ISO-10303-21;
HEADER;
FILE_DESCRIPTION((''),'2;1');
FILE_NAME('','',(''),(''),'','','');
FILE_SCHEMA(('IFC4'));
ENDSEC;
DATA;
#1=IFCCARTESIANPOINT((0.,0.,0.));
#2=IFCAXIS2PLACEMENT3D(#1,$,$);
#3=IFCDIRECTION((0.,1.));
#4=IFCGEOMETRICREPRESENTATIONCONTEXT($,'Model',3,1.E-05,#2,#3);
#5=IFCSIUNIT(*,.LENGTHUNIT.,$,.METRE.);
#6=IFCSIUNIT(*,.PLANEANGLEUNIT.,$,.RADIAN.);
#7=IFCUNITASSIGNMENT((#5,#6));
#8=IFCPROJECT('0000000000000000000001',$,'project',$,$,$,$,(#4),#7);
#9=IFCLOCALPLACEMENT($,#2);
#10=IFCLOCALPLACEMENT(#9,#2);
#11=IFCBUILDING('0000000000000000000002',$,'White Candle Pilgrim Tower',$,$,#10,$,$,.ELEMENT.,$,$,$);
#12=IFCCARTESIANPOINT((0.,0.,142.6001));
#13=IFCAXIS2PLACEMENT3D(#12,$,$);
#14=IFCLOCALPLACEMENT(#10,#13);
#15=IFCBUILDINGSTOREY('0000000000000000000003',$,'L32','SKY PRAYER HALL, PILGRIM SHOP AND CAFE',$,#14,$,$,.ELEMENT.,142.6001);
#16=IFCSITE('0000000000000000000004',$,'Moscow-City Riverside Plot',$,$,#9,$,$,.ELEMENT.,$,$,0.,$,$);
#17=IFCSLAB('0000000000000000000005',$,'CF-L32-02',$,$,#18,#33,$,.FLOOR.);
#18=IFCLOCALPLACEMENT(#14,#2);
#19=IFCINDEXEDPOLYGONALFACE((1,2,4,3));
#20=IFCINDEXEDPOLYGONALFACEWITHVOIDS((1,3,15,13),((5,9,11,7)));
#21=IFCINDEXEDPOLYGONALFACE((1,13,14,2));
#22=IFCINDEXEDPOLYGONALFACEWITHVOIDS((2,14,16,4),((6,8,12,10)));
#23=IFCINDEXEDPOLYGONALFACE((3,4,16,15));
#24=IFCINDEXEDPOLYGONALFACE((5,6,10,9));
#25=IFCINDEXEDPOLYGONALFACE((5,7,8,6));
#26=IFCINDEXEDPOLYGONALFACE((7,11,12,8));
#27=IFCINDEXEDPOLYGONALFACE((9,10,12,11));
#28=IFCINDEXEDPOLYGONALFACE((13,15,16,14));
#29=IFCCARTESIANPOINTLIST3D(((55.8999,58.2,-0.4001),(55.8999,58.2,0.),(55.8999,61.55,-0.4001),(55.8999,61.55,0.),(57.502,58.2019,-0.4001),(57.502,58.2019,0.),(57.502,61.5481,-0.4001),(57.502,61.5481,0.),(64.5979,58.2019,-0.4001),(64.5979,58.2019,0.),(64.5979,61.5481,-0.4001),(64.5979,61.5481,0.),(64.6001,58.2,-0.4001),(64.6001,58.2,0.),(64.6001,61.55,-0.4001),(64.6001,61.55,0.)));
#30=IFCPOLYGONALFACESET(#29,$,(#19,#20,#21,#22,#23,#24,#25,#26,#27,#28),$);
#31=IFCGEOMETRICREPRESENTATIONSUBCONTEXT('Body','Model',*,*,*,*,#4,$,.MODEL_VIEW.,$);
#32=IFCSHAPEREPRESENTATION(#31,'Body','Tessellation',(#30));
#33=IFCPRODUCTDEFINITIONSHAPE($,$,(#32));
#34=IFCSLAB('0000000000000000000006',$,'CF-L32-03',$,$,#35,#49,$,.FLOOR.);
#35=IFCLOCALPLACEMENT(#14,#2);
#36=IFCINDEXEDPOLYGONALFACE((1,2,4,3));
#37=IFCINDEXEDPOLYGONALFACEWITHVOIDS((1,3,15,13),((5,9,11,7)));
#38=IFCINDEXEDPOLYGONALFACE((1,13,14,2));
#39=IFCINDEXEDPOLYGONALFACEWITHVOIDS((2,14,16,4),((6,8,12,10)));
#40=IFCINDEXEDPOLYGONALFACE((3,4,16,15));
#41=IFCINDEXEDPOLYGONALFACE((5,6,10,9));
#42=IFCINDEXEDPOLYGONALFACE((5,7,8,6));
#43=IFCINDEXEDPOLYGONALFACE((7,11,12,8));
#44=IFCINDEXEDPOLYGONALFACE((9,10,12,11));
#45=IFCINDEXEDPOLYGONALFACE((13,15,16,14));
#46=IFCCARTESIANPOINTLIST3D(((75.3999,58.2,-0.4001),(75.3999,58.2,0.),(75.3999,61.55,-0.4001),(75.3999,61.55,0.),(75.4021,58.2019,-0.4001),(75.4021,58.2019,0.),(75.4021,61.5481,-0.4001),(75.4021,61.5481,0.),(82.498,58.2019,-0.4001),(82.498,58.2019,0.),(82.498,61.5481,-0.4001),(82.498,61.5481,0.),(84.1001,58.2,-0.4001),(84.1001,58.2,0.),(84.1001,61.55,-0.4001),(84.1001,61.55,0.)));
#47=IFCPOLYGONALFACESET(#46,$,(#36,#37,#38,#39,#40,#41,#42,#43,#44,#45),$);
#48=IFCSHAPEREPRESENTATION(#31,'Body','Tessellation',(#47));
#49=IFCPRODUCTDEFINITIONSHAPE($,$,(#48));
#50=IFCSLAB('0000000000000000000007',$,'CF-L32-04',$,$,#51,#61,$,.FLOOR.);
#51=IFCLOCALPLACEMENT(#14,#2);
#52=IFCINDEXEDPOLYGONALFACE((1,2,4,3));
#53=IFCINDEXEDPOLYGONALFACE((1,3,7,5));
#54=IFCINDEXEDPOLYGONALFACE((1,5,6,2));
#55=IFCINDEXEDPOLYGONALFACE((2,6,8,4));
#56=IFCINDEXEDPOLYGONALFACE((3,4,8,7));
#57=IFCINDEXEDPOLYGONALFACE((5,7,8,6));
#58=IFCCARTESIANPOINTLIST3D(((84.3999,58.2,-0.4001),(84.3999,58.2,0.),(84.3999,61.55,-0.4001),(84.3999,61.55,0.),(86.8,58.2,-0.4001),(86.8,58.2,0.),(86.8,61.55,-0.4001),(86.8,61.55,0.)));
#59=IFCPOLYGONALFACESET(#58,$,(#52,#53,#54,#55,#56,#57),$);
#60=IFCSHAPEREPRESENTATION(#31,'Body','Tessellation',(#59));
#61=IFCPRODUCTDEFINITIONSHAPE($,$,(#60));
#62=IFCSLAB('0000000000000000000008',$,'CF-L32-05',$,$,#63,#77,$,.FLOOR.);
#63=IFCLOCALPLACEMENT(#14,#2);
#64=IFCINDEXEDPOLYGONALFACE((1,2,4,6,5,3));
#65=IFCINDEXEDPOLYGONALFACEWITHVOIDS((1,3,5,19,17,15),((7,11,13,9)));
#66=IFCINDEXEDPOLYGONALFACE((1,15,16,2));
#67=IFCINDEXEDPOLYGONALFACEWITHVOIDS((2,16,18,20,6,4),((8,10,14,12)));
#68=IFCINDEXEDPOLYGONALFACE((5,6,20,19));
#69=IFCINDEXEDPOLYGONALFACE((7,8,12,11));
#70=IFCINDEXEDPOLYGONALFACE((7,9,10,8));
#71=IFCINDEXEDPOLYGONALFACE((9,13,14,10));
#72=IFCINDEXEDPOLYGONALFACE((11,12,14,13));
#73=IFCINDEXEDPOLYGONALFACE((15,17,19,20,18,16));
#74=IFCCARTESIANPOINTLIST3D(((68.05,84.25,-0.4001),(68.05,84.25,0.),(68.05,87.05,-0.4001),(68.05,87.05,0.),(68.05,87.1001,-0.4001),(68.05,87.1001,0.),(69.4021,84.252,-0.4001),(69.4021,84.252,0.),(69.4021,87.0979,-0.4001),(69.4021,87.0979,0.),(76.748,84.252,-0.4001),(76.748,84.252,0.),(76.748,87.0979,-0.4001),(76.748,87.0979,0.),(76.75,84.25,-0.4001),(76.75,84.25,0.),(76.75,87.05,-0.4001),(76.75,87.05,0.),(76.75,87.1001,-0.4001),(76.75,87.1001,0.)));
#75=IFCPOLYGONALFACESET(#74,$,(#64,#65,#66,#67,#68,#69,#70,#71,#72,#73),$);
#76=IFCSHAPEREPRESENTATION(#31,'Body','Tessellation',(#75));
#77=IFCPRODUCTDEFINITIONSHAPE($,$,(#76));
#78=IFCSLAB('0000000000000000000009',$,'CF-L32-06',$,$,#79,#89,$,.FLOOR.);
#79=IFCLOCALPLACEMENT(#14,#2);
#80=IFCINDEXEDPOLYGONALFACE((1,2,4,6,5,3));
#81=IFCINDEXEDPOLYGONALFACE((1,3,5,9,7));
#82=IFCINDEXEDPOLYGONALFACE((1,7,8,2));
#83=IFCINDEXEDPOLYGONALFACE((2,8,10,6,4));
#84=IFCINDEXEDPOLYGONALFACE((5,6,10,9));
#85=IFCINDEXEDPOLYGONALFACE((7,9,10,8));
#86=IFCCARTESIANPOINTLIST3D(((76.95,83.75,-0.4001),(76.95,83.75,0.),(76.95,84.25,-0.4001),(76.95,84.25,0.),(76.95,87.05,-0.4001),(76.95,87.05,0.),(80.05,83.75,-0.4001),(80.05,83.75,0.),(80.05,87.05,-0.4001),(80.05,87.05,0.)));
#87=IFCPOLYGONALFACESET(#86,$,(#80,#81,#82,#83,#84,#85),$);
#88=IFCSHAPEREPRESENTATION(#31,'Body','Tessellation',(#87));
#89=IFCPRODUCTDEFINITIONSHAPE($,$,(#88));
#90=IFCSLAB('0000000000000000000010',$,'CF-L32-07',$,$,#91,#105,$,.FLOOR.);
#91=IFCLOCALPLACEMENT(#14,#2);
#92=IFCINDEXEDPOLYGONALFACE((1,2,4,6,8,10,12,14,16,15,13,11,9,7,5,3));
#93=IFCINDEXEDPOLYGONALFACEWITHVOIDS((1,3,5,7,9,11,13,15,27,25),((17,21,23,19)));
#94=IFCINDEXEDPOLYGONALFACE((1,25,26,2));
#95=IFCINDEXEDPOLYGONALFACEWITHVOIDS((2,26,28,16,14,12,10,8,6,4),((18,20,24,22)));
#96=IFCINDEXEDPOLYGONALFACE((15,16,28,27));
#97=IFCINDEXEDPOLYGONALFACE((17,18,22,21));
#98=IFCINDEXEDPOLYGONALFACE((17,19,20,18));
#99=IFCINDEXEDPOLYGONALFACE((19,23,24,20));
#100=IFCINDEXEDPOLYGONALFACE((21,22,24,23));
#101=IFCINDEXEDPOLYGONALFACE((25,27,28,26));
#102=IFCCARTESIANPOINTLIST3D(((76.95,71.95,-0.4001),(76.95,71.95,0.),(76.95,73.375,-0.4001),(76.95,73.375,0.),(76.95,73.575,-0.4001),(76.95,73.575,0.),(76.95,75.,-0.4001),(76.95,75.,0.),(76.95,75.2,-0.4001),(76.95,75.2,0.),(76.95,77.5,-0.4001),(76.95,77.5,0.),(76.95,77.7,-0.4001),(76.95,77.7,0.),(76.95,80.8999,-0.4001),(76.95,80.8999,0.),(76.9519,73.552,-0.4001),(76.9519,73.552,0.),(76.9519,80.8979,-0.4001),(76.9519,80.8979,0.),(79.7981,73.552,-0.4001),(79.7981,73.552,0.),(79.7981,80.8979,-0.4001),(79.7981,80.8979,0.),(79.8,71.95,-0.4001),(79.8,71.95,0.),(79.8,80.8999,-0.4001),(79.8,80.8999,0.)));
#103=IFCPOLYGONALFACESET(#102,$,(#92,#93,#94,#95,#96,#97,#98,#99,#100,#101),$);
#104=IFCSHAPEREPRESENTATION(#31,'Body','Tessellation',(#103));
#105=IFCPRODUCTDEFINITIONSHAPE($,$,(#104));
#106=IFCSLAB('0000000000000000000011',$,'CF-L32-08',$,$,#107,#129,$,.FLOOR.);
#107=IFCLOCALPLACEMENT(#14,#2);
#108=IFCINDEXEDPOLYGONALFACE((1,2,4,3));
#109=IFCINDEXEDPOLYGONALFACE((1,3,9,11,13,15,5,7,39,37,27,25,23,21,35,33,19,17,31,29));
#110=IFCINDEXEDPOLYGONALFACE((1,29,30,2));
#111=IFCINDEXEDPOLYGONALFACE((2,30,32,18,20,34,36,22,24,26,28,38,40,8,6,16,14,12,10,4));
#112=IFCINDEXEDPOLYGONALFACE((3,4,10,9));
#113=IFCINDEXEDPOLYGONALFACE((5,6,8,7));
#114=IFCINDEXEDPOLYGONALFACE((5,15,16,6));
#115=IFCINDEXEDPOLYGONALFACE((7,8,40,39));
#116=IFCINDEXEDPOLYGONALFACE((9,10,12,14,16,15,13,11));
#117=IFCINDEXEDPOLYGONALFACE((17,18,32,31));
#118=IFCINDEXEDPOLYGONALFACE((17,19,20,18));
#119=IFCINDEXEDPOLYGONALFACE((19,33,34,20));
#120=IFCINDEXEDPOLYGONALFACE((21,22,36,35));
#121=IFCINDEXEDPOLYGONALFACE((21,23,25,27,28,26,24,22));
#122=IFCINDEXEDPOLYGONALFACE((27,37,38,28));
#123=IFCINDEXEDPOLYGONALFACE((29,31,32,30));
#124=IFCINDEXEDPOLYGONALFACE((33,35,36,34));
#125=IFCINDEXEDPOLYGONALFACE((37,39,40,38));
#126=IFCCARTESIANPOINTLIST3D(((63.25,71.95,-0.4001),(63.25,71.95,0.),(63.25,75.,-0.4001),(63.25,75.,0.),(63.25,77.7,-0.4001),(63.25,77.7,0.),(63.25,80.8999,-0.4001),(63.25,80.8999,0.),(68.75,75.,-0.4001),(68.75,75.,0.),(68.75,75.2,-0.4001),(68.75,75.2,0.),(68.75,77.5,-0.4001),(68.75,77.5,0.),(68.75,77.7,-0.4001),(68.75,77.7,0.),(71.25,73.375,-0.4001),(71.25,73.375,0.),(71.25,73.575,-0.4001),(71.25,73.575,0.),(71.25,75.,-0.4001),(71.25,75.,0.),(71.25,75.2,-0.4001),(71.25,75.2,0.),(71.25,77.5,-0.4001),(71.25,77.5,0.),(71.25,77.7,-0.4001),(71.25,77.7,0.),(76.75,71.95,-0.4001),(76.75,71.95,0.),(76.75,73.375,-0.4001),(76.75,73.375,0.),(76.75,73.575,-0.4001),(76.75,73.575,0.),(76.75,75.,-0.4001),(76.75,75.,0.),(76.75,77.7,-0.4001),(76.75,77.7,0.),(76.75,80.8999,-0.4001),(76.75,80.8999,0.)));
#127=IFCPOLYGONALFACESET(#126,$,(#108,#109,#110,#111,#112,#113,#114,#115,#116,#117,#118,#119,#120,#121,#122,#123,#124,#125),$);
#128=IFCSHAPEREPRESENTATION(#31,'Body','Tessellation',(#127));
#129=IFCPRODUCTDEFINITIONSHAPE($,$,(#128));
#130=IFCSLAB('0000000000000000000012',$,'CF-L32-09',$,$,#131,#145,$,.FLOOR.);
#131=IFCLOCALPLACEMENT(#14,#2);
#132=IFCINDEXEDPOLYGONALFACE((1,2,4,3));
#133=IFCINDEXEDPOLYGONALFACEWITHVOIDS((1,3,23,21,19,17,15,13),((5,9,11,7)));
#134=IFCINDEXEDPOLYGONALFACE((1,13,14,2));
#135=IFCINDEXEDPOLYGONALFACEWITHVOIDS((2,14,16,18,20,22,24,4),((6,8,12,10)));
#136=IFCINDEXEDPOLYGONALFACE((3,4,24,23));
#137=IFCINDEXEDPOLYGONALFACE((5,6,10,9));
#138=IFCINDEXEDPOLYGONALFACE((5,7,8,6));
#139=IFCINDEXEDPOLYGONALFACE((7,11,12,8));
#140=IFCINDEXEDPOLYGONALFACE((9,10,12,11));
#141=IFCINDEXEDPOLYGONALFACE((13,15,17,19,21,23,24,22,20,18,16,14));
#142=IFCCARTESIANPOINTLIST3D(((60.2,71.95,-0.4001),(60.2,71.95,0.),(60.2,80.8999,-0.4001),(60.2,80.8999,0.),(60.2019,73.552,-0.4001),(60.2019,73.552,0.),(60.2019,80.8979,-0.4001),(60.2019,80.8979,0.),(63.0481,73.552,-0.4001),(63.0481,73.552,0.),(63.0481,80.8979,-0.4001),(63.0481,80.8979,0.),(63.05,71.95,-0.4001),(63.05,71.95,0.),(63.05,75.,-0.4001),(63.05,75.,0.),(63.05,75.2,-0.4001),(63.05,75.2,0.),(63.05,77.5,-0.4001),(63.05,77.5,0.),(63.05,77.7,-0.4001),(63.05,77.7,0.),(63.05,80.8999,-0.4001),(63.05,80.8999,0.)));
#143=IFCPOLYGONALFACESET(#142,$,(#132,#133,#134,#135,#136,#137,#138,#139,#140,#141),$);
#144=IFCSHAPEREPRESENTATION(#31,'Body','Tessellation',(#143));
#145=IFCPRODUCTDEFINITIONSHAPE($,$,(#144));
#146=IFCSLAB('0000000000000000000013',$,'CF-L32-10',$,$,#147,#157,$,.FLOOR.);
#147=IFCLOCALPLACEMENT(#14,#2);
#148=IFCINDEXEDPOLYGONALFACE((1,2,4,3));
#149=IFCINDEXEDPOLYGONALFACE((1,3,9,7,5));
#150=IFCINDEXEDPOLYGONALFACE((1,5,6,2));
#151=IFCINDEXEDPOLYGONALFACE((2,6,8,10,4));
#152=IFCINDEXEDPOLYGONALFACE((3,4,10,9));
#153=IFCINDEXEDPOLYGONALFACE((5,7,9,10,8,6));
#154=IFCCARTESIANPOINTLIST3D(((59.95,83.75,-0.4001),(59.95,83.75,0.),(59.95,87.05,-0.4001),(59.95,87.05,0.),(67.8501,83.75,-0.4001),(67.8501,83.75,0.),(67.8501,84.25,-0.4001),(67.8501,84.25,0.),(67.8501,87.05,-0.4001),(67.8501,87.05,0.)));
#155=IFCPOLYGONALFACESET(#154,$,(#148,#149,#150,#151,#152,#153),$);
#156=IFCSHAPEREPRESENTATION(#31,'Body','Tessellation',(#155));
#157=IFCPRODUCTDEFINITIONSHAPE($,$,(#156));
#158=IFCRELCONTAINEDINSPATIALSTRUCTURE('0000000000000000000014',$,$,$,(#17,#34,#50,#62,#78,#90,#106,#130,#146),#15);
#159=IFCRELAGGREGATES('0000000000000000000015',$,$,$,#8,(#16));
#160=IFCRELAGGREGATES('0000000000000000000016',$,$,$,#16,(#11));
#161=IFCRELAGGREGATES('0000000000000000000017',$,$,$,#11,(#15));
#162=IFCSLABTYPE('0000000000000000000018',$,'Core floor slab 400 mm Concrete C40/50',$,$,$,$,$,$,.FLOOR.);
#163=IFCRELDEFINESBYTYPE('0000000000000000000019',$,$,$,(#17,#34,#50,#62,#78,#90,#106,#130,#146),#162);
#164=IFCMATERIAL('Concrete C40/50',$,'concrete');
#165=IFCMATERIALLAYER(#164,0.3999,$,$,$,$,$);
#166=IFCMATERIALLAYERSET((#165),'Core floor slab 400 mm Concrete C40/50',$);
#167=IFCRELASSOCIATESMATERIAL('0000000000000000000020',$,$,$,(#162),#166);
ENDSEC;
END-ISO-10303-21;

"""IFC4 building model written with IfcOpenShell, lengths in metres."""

from ifc_helpers import new_model, si_unit, direction, frame, origin, place, context, subcontext, project, spatial, polyline, outline, extrude, material, layer, layer_set, type_object, element, save


model = new_model("IFC4")

# Units and contexts
model_context = context("Model", 3, precision=1e-05, world=origin(), true_north=direction((0.0, 1.0)))
body_context = subcontext(model_context, "Body", "Model", "MODEL_VIEW")
ifc_project = project(units=[si_unit("LENGTHUNIT", "METRE"), si_unit("PLANEANGLEUNIT", "RADIAN")], contexts=[model_context])

# Site, building, storey
site_placement = place(None, origin())
site = spatial("IfcSite", under=ifc_project, at=site_placement, Name="Moscow-City Riverside Plot", CompositionType="ELEMENT", RefElevation=0.0)
building_placement = place(site_placement, origin())
building = spatial("IfcBuilding", under=site, at=building_placement, Name="White Candle Pilgrim Tower", CompositionType="ELEMENT")
storey_placement = place(building_placement, frame((0.0, 0.0, 142.6001)))
storey = spatial("IfcBuildingStorey", under=building, at=storey_placement, Name="L32", Description="SKY PRAYER HALL, PILGRIM SHOP AND CAFE", CompositionType="ELEMENT", Elevation=142.6001)

# Slabs
ifc_material_1 = material(Name="Concrete C40/50", Category="concrete")
ifc_layer_1 = layer(ifc_material_1, 0.3999)
ifc_layer_set_1 = layer_set([ifc_layer_1], Name="Core floor slab 400 mm Concrete C40/50")
slab_type_1 = type_object("IfcSlabType", Name="Core floor slab 400 mm Concrete C40/50", PredefinedType="FLOOR", material=ifc_layer_set_1)
slab_1_placement = place(storey_placement, frame((0.0, 0.0, -0.4001)))
element("IfcSlab", 1, at=slab_1_placement, inside=storey, type_object=slab_type_1, Name="CF-L32-02", PredefinedType="FLOOR", context=body_context, shape_type="SweptSolid", body=[
    extrude(outline(polyline([(55.8999, 58.2), (55.8999, 61.55), (64.6001, 61.55), (64.6001, 58.2), (55.8999, 58.2)]), holes=[polyline([(57.502, 61.5481), (57.502, 58.2019), (64.5979, 58.2019), (64.5979, 61.5481), (57.502, 61.5481)])]), origin(), (0.0, 0.0, 1.0), 0.4001),
])
slab_2_placement = place(storey_placement, frame((0.0, 0.0, -0.4001)))
element("IfcSlab", 2, at=slab_2_placement, inside=storey, type_object=slab_type_1, Name="CF-L32-03", PredefinedType="FLOOR", context=body_context, shape_type="SweptSolid", body=[
    extrude(outline(polyline([(75.3999, 58.2), (75.3999, 61.55), (84.1001, 61.55), (84.1001, 58.2), (75.3999, 58.2)]), holes=[polyline([(82.498, 58.2019), (82.498, 61.5481), (75.4021, 61.5481), (75.4021, 58.2019), (82.498, 58.2019)])]), origin(), (0.0, 0.0, 1.0), 0.4001),
])
slab_3_placement = place(storey_placement, frame((0.0, 0.0, -0.4001)))
element("IfcSlab", 3, at=slab_3_placement, inside=storey, type_object=slab_type_1, Name="CF-L32-04", PredefinedType="FLOOR", context=body_context, shape_type="SweptSolid", body=[
    extrude(outline(polyline([(86.8, 58.2), (84.3999, 58.2), (84.3999, 61.55), (86.8, 61.55), (86.8, 58.2)])), origin(), (0.0, 0.0, 1.0), 0.4001),
])
slab_4_placement = place(storey_placement, frame((0.0, 0.0, -0.4001)))
element("IfcSlab", 4, at=slab_4_placement, inside=storey, type_object=slab_type_1, Name="CF-L32-05", PredefinedType="FLOOR", context=body_context, shape_type="SweptSolid", body=[
    extrude(outline(polyline([(76.75, 87.1001), (76.75, 87.05), (76.75, 84.25), (68.05, 84.25), (68.05, 87.05), (68.05, 87.1001), (76.75, 87.1001)]), holes=[polyline([(69.4021, 87.0979), (69.4021, 84.252), (76.748, 84.252), (76.748, 87.0979), (69.4021, 87.0979)])]), origin(), (0.0, 0.0, 1.0), 0.4001),
])
slab_5_placement = place(storey_placement, frame((0.0, 0.0, -0.4001)))
element("IfcSlab", 5, at=slab_5_placement, inside=storey, type_object=slab_type_1, Name="CF-L32-06", PredefinedType="FLOOR", context=body_context, shape_type="SweptSolid", body=[
    extrude(outline(polyline([(80.05, 87.05), (80.05, 83.75), (76.95, 83.75), (76.95, 84.25), (76.95, 87.05), (80.05, 87.05)])), origin(), (0.0, 0.0, 1.0), 0.4001),
])
slab_6_placement = place(storey_placement, frame((0.0, 0.0, -0.4001)))
element("IfcSlab", 6, at=slab_6_placement, inside=storey, type_object=slab_type_1, Name="CF-L32-07", PredefinedType="FLOOR", context=body_context, shape_type="SweptSolid", body=[
    extrude(outline(polyline([(76.95, 71.95), (76.95, 73.375), (76.95, 73.575), (76.95, 75.0), (76.95, 75.2), (76.95, 77.5), (76.95, 77.7), (76.95, 80.8999), (79.8, 80.8999), (79.8, 71.95), (76.95, 71.95)]), holes=[polyline([(76.9519, 73.552), (79.7981, 73.552), (79.7981, 80.8979), (76.9519, 80.8979), (76.9519, 73.552)])]), origin(), (0.0, 0.0, 1.0), 0.4001),
])
slab_7_placement = place(storey_placement, frame((0.0, 0.0, -0.4001)))
element("IfcSlab", 7, at=slab_7_placement, inside=storey, type_object=slab_type_1, Name="CF-L32-08", PredefinedType="FLOOR", context=body_context, shape_type="SweptSolid", body=[
    extrude(outline(polyline([(63.25, 71.95), (63.25, 75.0), (68.75, 75.0), (68.75, 75.2), (68.75, 77.5), (68.75, 77.7), (63.25, 77.7), (63.25, 80.8999), (76.75, 80.8999), (76.75, 77.7), (71.25, 77.7), (71.25, 77.5), (71.25, 75.2), (71.25, 75.0), (76.75, 75.0), (76.75, 73.575), (71.25, 73.575), (71.25, 73.375), (76.75, 73.375), (76.75, 71.95), (63.25, 71.95)])), origin(), (0.0, 0.0, 1.0), 0.4001),
])
slab_8_placement = place(storey_placement, frame((0.0, 0.0, -0.4001)))
element("IfcSlab", 8, at=slab_8_placement, inside=storey, type_object=slab_type_1, Name="CF-L32-09", PredefinedType="FLOOR", context=body_context, shape_type="SweptSolid", body=[
    extrude(outline(polyline([(60.2, 71.95), (60.2, 80.8999), (63.05, 80.8999), (63.05, 77.7), (63.05, 77.5), (63.05, 75.2), (63.05, 75.0), (63.05, 71.95), (60.2, 71.95)]), holes=[polyline([(60.2019, 73.552), (63.0481, 73.552), (63.0481, 80.8979), (60.2019, 80.8979), (60.2019, 73.552)])]), origin(), (0.0, 0.0, 1.0), 0.4001),
])
slab_9_placement = place(storey_placement, frame((0.0, 0.0, -0.4001)))
element("IfcSlab", 9, at=slab_9_placement, inside=storey, type_object=slab_type_1, Name="CF-L32-10", PredefinedType="FLOOR", context=body_context, shape_type="SweptSolid", body=[
    extrude(outline(polyline([(59.95, 87.05), (67.8501, 87.05), (67.8501, 84.25), (67.8501, 83.75), (59.95, 83.75), (59.95, 87.05)])), origin(), (0.0, 0.0, 1.0), 0.4001),
])

save(model, "model.ifc")
